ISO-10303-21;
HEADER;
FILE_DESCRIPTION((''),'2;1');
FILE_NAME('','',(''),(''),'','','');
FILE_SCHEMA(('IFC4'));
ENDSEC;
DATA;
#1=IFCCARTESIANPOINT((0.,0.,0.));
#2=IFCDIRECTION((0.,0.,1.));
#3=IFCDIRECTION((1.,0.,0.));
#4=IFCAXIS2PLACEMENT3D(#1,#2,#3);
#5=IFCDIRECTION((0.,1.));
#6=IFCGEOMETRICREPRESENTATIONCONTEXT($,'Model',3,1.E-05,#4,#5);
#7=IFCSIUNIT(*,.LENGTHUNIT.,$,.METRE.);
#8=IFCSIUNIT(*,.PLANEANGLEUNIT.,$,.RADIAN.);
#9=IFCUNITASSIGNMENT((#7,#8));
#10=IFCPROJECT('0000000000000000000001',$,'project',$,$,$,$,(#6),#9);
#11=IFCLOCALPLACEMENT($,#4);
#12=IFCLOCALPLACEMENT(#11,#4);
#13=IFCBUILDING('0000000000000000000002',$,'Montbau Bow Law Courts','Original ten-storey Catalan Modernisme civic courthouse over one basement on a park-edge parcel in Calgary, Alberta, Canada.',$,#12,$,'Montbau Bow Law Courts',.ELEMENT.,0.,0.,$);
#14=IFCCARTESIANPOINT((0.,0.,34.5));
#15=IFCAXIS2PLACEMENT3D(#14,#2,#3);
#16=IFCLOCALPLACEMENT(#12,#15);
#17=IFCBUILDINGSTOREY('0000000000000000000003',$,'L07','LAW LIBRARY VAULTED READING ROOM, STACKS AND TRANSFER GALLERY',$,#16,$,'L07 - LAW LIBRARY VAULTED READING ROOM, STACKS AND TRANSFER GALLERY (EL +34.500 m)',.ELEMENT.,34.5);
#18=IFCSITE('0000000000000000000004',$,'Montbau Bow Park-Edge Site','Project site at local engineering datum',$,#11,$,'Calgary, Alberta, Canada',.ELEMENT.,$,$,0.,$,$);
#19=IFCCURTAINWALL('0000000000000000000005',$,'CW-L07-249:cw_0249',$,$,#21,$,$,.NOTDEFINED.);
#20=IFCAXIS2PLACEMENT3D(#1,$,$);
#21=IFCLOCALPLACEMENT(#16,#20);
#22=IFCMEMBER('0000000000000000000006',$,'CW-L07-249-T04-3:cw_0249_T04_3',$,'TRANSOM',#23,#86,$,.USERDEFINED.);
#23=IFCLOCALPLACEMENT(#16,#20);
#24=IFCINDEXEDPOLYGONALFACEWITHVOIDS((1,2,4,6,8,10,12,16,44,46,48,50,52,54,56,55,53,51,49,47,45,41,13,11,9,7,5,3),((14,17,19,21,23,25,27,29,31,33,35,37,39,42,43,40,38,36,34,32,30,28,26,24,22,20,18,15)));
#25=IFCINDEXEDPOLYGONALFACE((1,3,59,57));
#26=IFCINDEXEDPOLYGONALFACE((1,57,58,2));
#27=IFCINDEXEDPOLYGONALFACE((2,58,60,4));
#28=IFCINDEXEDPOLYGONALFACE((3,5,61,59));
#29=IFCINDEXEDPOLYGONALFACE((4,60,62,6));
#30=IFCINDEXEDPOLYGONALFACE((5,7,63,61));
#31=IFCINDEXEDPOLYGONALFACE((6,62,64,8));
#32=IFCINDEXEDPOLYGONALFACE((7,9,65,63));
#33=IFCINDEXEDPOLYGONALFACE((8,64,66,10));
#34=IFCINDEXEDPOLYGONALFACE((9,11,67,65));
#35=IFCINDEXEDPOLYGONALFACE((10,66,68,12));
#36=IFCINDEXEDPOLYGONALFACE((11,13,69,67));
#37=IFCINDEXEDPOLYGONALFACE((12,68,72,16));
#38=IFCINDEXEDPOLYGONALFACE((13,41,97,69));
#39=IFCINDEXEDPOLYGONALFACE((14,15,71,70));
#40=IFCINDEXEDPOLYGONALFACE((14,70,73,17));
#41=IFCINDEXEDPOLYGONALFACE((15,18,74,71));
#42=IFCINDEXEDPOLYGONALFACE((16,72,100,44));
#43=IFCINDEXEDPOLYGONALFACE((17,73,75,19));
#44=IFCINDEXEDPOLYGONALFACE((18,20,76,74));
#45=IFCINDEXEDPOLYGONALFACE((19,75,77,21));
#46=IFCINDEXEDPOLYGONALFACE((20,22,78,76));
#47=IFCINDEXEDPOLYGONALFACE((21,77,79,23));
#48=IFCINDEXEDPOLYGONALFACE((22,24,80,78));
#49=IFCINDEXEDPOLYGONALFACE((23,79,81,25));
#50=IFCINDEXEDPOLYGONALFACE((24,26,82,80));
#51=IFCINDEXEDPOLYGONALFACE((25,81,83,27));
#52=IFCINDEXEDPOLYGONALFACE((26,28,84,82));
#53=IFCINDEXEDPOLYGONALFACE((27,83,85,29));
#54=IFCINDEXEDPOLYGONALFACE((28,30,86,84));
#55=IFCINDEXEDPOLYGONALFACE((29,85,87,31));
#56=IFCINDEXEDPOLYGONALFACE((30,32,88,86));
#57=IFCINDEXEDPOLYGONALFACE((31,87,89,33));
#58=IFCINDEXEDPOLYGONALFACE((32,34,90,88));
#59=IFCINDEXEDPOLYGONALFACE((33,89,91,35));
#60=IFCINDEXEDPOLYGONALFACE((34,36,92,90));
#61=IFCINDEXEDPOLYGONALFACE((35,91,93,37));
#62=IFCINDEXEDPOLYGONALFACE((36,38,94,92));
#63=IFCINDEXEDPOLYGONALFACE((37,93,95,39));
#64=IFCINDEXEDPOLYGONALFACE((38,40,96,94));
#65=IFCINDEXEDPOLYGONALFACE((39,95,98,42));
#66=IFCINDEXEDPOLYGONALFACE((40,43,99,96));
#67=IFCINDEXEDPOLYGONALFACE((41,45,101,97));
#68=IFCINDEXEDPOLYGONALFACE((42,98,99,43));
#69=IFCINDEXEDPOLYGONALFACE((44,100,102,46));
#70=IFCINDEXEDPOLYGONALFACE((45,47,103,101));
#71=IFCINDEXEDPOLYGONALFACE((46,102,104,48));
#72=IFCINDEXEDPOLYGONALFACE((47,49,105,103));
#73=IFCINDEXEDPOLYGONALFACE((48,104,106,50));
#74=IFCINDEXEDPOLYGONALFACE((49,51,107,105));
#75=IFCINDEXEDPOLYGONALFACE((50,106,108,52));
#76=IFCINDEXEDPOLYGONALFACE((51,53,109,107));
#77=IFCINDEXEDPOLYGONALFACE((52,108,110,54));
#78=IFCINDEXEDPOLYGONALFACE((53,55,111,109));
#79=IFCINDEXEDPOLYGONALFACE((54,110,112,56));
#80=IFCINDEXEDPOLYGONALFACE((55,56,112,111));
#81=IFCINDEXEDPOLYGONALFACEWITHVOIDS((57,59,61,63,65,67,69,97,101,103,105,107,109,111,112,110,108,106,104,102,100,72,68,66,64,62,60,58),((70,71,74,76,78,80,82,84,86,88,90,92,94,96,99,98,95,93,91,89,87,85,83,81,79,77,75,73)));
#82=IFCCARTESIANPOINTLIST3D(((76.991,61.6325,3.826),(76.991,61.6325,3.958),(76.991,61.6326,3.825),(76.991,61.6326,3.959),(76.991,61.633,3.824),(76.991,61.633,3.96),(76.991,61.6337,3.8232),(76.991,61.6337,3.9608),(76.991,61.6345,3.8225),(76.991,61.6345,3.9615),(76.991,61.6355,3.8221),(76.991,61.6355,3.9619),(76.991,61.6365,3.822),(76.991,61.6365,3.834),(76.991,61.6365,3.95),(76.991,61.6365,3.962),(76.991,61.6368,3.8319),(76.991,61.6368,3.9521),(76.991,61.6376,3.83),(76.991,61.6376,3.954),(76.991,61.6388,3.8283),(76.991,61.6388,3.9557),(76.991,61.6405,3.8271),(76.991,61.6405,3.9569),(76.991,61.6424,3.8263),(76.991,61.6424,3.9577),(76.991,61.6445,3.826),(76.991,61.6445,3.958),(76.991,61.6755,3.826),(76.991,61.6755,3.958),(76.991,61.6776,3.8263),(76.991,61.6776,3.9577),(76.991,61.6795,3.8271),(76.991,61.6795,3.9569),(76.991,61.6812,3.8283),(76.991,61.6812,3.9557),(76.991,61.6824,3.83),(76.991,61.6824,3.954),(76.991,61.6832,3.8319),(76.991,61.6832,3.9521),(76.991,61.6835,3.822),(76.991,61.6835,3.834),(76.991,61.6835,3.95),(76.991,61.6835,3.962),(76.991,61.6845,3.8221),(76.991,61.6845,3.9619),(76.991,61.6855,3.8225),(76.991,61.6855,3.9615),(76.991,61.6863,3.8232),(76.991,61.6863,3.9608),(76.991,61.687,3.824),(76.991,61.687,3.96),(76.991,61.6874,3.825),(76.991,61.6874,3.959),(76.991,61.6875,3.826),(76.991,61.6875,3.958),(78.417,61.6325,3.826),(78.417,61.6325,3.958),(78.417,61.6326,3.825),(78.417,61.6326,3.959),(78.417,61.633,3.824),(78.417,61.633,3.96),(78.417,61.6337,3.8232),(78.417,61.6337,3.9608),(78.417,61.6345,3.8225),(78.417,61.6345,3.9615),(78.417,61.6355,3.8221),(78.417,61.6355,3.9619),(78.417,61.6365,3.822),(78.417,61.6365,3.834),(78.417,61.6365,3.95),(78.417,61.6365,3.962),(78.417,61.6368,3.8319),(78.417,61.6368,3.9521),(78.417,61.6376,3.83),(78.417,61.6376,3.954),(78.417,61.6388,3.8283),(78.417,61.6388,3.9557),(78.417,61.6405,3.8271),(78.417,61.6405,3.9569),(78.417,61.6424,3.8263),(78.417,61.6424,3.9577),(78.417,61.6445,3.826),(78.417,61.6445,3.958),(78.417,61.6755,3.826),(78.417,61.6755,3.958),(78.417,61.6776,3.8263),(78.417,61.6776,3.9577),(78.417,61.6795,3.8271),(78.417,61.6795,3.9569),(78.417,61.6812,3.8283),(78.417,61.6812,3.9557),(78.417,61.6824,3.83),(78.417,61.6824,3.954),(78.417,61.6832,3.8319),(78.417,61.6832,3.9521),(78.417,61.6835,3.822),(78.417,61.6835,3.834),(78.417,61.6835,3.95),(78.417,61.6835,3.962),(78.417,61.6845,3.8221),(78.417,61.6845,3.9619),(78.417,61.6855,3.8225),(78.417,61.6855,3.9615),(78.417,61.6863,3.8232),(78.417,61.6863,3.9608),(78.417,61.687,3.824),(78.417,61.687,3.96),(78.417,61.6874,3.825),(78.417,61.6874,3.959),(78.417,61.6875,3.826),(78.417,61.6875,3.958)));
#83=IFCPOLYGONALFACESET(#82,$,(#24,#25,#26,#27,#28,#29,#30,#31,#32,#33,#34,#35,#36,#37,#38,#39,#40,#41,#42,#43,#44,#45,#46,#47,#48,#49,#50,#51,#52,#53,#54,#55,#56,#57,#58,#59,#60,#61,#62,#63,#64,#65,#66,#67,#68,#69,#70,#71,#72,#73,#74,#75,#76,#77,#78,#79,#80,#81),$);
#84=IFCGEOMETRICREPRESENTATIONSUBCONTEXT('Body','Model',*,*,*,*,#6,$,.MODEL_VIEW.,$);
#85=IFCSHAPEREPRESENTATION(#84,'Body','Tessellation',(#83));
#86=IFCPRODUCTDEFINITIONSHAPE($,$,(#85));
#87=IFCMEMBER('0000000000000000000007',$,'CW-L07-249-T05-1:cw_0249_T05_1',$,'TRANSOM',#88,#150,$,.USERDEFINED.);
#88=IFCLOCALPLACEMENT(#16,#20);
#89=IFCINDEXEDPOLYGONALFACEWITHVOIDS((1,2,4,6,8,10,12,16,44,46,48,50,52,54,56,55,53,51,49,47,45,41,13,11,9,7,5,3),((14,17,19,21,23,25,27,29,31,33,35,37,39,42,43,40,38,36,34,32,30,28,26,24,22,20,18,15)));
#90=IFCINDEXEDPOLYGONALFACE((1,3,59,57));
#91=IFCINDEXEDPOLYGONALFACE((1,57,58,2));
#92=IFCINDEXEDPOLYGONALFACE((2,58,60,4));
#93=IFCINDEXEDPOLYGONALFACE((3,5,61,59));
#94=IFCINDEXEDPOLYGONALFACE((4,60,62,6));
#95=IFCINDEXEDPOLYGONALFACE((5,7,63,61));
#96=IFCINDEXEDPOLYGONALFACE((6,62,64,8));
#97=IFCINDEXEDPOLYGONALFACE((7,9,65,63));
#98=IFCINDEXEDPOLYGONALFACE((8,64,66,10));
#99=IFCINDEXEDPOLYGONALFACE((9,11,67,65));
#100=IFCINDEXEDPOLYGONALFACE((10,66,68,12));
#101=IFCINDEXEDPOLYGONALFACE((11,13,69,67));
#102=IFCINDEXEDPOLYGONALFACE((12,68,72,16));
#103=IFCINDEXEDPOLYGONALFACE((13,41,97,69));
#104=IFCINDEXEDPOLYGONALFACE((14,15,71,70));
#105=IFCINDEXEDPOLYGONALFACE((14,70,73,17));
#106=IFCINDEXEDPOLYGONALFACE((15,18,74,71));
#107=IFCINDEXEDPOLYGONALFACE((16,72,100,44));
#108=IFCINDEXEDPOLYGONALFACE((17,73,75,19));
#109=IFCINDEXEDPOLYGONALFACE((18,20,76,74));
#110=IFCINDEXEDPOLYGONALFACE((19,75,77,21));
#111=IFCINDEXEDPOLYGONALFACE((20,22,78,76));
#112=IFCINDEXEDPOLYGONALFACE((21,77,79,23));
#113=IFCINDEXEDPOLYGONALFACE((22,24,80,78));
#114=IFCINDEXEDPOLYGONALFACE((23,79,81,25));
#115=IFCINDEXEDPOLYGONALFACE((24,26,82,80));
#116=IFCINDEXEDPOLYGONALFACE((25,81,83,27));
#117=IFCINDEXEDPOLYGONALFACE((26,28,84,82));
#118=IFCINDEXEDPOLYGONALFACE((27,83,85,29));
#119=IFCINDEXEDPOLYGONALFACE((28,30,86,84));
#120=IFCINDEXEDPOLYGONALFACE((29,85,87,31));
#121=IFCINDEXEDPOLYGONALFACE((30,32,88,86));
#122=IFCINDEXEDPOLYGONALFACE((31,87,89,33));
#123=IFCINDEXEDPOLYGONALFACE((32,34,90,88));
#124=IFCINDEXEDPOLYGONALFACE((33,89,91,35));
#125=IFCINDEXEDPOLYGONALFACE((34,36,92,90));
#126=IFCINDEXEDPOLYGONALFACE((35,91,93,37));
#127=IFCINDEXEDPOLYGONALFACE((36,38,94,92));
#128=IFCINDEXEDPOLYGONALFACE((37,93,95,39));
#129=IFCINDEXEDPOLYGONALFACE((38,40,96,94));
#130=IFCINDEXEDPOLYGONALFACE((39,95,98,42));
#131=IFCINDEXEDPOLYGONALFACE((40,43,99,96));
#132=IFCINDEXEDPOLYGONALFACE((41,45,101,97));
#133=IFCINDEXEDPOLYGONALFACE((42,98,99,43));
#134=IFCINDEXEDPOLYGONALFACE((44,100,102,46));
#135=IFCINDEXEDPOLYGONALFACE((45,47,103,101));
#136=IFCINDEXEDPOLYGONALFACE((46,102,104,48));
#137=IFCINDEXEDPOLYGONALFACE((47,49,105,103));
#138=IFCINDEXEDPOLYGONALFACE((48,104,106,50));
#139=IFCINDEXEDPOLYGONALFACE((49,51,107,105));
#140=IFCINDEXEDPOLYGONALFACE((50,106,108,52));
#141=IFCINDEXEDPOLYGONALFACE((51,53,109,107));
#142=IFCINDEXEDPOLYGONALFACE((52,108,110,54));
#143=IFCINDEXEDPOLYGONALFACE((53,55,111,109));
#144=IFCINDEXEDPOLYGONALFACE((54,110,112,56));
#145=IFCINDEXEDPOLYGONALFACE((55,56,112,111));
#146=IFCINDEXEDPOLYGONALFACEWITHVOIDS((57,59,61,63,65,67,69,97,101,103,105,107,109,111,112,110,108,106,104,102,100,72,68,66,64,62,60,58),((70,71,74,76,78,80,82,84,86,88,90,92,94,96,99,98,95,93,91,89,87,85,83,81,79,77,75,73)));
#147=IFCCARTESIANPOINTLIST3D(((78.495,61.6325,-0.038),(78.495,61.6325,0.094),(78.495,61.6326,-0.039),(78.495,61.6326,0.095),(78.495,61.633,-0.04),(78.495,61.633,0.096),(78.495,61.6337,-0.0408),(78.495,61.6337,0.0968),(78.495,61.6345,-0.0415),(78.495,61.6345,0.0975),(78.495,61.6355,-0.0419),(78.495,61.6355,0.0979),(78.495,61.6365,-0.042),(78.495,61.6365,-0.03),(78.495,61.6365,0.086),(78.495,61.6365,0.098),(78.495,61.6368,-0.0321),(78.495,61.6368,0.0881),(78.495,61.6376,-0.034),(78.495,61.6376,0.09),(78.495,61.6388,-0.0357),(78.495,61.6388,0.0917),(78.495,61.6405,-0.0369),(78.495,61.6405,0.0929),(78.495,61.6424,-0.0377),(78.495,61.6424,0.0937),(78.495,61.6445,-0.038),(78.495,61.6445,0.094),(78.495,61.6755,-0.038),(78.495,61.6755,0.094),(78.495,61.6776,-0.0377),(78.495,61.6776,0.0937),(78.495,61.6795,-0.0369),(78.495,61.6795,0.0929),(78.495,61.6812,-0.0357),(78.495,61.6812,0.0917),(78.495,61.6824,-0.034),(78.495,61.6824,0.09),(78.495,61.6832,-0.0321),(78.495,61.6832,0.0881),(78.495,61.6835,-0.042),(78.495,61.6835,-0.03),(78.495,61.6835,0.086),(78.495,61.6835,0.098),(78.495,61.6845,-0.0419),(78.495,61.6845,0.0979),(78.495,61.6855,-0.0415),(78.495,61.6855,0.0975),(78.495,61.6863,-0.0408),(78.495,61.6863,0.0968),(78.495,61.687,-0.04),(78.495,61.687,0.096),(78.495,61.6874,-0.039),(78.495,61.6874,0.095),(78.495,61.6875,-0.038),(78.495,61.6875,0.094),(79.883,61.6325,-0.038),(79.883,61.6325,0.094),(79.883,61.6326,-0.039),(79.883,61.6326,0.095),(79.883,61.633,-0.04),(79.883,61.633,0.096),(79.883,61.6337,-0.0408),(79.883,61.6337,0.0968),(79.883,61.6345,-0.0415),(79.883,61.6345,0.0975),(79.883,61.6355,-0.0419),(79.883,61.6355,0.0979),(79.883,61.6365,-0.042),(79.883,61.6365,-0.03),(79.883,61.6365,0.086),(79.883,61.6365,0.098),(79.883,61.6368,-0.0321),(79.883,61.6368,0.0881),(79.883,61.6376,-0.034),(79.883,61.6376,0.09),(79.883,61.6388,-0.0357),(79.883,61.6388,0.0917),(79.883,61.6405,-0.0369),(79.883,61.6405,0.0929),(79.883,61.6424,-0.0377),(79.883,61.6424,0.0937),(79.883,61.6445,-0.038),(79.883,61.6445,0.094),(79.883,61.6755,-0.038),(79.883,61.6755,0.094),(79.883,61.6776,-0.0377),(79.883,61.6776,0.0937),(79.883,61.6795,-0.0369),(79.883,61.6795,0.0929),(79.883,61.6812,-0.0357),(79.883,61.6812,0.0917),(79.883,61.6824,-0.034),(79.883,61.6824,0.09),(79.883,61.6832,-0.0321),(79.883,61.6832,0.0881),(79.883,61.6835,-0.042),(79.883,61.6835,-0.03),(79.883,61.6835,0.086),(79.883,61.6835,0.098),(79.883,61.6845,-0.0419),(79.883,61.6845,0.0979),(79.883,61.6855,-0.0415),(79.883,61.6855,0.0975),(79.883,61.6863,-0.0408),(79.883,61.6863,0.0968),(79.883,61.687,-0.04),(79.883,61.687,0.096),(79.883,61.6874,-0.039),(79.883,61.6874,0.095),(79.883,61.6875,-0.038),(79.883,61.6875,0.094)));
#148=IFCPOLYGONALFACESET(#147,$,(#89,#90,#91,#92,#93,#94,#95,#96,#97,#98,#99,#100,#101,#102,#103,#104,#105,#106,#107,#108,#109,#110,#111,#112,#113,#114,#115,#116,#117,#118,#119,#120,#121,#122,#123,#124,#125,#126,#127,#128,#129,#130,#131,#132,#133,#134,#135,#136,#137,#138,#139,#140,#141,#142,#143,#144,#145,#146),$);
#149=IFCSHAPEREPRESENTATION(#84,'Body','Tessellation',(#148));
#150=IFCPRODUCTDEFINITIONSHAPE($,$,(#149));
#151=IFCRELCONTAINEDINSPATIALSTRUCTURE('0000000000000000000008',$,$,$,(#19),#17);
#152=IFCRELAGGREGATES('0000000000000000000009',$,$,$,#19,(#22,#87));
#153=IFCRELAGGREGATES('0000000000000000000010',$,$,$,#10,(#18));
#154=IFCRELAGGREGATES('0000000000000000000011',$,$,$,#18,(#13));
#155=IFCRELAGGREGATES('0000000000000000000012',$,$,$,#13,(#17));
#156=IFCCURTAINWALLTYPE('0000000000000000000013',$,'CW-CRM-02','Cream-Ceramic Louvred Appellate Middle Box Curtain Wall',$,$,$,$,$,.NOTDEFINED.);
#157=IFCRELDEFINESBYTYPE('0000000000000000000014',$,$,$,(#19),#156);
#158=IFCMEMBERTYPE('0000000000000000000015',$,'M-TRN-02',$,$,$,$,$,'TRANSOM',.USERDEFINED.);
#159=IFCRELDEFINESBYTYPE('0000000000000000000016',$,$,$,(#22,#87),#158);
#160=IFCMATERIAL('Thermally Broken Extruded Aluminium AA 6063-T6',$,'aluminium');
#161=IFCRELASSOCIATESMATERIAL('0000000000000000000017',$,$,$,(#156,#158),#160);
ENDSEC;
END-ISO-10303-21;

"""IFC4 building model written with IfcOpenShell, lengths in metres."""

from ifc_helpers import new_model, si_unit, direction, frame, origin_with_axes, origin_2d_with_axis, place, context, subcontext, project, spatial, hollow_rectangle, extrude, material, material_profile, profile_set, type_object, element, aggregate, save


model = new_model("IFC4")

# Units and contexts
model_context = context("Model", 3, precision=1e-05, world=origin_with_axes(), true_north=direction((0.0, 1.0)))
body_context = subcontext(model_context, "Body", "Model", "MODEL_VIEW")
ifc_project = project(units=[si_unit("LENGTHUNIT", "METRE"), si_unit("PLANEANGLEUNIT", "RADIAN")], contexts=[model_context])

# Site, building, storey
site_placement = place(None, origin_with_axes())
site = spatial("IfcSite", under=ifc_project, at=site_placement, Name="Montbau Bow Park-Edge Site", Description="Project site at local engineering datum", LongName="Calgary, Alberta, Canada", CompositionType="ELEMENT", RefElevation=0.0)
building_placement = place(site_placement, origin_with_axes())
building = spatial("IfcBuilding", under=site, at=building_placement, Name="Montbau Bow Law Courts", Description="Original ten-storey Catalan Modernisme civic courthouse over one basement on a park-edge parcel in Calgary, Alberta, Canada.", LongName="Montbau Bow Law Courts", CompositionType="ELEMENT", ElevationOfRefHeight=0.0, ElevationOfTerrain=0.0)
storey_placement = place(building_placement, frame((0.0, 0.0, 34.5), z_axis=(0.0, 0.0, 1.0), x_axis=(1.0, 0.0, 0.0)))
storey = spatial("IfcBuildingStorey", under=building, at=storey_placement, Name="L07", Description="LAW LIBRARY VAULTED READING ROOM, STACKS AND TRANSFER GALLERY", LongName="L07 - LAW LIBRARY VAULTED READING ROOM, STACKS AND TRANSFER GALLERY (EL +34.500 m)", CompositionType="ELEMENT", Elevation=34.5)

# Curtain wall
ifc_material_1 = material(Name="Thermally Broken Extruded Aluminium AA 6063-T6", Category="aluminium")
curtain_wall_type = type_object("IfcCurtainWallType", Name="CW-CRM-02", Description="Cream-Ceramic Louvred Appellate Middle Box Curtain Wall", PredefinedType="NOTDEFINED", material=ifc_material_1)
curtain_wall_1_placement = place(None, frame((72.44, 61.66, 34.5), z_axis=(0.0, 0.0, 1.0), x_axis=(1.0, 0.0, 0.0)))
curtain_wall_1 = element("IfcCurtainWall", 1, at=curtain_wall_1_placement, inside=storey, type_object=curtain_wall_type, Name="CW-L07-249:cw_0249", PredefinedType="NOTDEFINED")

# Members
ifc_material_profile_1 = material_profile(ifc_material_1, hollow_rectangle(XDim=0.055, YDim=0.14, WallThickness=0.004, InnerFilletRadius=0.008, OuterFilletRadius=0.004, at=origin_2d_with_axis()), Name="CWT-140X55", Category="Main", Priority=0)
ifc_profile_set_1 = profile_set([ifc_material_profile_1], Name="Thermally Broken Extruded Aluminium AA 6063-T6")
member_type_1 = type_object("IfcMemberType", Name="M-TRN-02", ElementType="TRANSOM", PredefinedType="USERDEFINED", material=ifc_profile_set_1)
member_1_placement = place(None, frame((76.991, 61.66, 38.392), z_axis=(1.0, 0.0, 0.0), x_axis=(0.0, 1.0, 0.0)))
member_1 = element("IfcMember", 2, at=member_1_placement, type_object=member_type_1, Name="CW-L07-249-T04-3:cw_0249_T04_3", ObjectType="TRANSOM", PredefinedType="USERDEFINED", context=body_context, shape_type="SweptSolid", body=[
    extrude(hollow_rectangle(XDim=0.055, YDim=0.14, WallThickness=0.004, InnerFilletRadius=0.008, OuterFilletRadius=0.004, at=origin_2d_with_axis()), origin_with_axes(), (0.0, 0.0, 1.0), 1.426),
])
member_2_placement = place(None, frame((78.495, 61.66, 34.528), z_axis=(1.0, 0.0, 0.0), x_axis=(0.0, 1.0, 0.0)))
member_2 = element("IfcMember", 3, at=member_2_placement, type_object=member_type_1, Name="CW-L07-249-T05-1:cw_0249_T05_1", ObjectType="TRANSOM", PredefinedType="USERDEFINED", context=body_context, shape_type="SweptSolid", body=[
    extrude(hollow_rectangle(XDim=0.055, YDim=0.14, WallThickness=0.004, InnerFilletRadius=0.008, OuterFilletRadius=0.004, at=origin_2d_with_axis()), origin_with_axes(), (0.0, 0.0, 1.0), 1.388),
])

aggregate(curtain_wall_1, [member_1, member_2])

save(model, "model.ifc")
